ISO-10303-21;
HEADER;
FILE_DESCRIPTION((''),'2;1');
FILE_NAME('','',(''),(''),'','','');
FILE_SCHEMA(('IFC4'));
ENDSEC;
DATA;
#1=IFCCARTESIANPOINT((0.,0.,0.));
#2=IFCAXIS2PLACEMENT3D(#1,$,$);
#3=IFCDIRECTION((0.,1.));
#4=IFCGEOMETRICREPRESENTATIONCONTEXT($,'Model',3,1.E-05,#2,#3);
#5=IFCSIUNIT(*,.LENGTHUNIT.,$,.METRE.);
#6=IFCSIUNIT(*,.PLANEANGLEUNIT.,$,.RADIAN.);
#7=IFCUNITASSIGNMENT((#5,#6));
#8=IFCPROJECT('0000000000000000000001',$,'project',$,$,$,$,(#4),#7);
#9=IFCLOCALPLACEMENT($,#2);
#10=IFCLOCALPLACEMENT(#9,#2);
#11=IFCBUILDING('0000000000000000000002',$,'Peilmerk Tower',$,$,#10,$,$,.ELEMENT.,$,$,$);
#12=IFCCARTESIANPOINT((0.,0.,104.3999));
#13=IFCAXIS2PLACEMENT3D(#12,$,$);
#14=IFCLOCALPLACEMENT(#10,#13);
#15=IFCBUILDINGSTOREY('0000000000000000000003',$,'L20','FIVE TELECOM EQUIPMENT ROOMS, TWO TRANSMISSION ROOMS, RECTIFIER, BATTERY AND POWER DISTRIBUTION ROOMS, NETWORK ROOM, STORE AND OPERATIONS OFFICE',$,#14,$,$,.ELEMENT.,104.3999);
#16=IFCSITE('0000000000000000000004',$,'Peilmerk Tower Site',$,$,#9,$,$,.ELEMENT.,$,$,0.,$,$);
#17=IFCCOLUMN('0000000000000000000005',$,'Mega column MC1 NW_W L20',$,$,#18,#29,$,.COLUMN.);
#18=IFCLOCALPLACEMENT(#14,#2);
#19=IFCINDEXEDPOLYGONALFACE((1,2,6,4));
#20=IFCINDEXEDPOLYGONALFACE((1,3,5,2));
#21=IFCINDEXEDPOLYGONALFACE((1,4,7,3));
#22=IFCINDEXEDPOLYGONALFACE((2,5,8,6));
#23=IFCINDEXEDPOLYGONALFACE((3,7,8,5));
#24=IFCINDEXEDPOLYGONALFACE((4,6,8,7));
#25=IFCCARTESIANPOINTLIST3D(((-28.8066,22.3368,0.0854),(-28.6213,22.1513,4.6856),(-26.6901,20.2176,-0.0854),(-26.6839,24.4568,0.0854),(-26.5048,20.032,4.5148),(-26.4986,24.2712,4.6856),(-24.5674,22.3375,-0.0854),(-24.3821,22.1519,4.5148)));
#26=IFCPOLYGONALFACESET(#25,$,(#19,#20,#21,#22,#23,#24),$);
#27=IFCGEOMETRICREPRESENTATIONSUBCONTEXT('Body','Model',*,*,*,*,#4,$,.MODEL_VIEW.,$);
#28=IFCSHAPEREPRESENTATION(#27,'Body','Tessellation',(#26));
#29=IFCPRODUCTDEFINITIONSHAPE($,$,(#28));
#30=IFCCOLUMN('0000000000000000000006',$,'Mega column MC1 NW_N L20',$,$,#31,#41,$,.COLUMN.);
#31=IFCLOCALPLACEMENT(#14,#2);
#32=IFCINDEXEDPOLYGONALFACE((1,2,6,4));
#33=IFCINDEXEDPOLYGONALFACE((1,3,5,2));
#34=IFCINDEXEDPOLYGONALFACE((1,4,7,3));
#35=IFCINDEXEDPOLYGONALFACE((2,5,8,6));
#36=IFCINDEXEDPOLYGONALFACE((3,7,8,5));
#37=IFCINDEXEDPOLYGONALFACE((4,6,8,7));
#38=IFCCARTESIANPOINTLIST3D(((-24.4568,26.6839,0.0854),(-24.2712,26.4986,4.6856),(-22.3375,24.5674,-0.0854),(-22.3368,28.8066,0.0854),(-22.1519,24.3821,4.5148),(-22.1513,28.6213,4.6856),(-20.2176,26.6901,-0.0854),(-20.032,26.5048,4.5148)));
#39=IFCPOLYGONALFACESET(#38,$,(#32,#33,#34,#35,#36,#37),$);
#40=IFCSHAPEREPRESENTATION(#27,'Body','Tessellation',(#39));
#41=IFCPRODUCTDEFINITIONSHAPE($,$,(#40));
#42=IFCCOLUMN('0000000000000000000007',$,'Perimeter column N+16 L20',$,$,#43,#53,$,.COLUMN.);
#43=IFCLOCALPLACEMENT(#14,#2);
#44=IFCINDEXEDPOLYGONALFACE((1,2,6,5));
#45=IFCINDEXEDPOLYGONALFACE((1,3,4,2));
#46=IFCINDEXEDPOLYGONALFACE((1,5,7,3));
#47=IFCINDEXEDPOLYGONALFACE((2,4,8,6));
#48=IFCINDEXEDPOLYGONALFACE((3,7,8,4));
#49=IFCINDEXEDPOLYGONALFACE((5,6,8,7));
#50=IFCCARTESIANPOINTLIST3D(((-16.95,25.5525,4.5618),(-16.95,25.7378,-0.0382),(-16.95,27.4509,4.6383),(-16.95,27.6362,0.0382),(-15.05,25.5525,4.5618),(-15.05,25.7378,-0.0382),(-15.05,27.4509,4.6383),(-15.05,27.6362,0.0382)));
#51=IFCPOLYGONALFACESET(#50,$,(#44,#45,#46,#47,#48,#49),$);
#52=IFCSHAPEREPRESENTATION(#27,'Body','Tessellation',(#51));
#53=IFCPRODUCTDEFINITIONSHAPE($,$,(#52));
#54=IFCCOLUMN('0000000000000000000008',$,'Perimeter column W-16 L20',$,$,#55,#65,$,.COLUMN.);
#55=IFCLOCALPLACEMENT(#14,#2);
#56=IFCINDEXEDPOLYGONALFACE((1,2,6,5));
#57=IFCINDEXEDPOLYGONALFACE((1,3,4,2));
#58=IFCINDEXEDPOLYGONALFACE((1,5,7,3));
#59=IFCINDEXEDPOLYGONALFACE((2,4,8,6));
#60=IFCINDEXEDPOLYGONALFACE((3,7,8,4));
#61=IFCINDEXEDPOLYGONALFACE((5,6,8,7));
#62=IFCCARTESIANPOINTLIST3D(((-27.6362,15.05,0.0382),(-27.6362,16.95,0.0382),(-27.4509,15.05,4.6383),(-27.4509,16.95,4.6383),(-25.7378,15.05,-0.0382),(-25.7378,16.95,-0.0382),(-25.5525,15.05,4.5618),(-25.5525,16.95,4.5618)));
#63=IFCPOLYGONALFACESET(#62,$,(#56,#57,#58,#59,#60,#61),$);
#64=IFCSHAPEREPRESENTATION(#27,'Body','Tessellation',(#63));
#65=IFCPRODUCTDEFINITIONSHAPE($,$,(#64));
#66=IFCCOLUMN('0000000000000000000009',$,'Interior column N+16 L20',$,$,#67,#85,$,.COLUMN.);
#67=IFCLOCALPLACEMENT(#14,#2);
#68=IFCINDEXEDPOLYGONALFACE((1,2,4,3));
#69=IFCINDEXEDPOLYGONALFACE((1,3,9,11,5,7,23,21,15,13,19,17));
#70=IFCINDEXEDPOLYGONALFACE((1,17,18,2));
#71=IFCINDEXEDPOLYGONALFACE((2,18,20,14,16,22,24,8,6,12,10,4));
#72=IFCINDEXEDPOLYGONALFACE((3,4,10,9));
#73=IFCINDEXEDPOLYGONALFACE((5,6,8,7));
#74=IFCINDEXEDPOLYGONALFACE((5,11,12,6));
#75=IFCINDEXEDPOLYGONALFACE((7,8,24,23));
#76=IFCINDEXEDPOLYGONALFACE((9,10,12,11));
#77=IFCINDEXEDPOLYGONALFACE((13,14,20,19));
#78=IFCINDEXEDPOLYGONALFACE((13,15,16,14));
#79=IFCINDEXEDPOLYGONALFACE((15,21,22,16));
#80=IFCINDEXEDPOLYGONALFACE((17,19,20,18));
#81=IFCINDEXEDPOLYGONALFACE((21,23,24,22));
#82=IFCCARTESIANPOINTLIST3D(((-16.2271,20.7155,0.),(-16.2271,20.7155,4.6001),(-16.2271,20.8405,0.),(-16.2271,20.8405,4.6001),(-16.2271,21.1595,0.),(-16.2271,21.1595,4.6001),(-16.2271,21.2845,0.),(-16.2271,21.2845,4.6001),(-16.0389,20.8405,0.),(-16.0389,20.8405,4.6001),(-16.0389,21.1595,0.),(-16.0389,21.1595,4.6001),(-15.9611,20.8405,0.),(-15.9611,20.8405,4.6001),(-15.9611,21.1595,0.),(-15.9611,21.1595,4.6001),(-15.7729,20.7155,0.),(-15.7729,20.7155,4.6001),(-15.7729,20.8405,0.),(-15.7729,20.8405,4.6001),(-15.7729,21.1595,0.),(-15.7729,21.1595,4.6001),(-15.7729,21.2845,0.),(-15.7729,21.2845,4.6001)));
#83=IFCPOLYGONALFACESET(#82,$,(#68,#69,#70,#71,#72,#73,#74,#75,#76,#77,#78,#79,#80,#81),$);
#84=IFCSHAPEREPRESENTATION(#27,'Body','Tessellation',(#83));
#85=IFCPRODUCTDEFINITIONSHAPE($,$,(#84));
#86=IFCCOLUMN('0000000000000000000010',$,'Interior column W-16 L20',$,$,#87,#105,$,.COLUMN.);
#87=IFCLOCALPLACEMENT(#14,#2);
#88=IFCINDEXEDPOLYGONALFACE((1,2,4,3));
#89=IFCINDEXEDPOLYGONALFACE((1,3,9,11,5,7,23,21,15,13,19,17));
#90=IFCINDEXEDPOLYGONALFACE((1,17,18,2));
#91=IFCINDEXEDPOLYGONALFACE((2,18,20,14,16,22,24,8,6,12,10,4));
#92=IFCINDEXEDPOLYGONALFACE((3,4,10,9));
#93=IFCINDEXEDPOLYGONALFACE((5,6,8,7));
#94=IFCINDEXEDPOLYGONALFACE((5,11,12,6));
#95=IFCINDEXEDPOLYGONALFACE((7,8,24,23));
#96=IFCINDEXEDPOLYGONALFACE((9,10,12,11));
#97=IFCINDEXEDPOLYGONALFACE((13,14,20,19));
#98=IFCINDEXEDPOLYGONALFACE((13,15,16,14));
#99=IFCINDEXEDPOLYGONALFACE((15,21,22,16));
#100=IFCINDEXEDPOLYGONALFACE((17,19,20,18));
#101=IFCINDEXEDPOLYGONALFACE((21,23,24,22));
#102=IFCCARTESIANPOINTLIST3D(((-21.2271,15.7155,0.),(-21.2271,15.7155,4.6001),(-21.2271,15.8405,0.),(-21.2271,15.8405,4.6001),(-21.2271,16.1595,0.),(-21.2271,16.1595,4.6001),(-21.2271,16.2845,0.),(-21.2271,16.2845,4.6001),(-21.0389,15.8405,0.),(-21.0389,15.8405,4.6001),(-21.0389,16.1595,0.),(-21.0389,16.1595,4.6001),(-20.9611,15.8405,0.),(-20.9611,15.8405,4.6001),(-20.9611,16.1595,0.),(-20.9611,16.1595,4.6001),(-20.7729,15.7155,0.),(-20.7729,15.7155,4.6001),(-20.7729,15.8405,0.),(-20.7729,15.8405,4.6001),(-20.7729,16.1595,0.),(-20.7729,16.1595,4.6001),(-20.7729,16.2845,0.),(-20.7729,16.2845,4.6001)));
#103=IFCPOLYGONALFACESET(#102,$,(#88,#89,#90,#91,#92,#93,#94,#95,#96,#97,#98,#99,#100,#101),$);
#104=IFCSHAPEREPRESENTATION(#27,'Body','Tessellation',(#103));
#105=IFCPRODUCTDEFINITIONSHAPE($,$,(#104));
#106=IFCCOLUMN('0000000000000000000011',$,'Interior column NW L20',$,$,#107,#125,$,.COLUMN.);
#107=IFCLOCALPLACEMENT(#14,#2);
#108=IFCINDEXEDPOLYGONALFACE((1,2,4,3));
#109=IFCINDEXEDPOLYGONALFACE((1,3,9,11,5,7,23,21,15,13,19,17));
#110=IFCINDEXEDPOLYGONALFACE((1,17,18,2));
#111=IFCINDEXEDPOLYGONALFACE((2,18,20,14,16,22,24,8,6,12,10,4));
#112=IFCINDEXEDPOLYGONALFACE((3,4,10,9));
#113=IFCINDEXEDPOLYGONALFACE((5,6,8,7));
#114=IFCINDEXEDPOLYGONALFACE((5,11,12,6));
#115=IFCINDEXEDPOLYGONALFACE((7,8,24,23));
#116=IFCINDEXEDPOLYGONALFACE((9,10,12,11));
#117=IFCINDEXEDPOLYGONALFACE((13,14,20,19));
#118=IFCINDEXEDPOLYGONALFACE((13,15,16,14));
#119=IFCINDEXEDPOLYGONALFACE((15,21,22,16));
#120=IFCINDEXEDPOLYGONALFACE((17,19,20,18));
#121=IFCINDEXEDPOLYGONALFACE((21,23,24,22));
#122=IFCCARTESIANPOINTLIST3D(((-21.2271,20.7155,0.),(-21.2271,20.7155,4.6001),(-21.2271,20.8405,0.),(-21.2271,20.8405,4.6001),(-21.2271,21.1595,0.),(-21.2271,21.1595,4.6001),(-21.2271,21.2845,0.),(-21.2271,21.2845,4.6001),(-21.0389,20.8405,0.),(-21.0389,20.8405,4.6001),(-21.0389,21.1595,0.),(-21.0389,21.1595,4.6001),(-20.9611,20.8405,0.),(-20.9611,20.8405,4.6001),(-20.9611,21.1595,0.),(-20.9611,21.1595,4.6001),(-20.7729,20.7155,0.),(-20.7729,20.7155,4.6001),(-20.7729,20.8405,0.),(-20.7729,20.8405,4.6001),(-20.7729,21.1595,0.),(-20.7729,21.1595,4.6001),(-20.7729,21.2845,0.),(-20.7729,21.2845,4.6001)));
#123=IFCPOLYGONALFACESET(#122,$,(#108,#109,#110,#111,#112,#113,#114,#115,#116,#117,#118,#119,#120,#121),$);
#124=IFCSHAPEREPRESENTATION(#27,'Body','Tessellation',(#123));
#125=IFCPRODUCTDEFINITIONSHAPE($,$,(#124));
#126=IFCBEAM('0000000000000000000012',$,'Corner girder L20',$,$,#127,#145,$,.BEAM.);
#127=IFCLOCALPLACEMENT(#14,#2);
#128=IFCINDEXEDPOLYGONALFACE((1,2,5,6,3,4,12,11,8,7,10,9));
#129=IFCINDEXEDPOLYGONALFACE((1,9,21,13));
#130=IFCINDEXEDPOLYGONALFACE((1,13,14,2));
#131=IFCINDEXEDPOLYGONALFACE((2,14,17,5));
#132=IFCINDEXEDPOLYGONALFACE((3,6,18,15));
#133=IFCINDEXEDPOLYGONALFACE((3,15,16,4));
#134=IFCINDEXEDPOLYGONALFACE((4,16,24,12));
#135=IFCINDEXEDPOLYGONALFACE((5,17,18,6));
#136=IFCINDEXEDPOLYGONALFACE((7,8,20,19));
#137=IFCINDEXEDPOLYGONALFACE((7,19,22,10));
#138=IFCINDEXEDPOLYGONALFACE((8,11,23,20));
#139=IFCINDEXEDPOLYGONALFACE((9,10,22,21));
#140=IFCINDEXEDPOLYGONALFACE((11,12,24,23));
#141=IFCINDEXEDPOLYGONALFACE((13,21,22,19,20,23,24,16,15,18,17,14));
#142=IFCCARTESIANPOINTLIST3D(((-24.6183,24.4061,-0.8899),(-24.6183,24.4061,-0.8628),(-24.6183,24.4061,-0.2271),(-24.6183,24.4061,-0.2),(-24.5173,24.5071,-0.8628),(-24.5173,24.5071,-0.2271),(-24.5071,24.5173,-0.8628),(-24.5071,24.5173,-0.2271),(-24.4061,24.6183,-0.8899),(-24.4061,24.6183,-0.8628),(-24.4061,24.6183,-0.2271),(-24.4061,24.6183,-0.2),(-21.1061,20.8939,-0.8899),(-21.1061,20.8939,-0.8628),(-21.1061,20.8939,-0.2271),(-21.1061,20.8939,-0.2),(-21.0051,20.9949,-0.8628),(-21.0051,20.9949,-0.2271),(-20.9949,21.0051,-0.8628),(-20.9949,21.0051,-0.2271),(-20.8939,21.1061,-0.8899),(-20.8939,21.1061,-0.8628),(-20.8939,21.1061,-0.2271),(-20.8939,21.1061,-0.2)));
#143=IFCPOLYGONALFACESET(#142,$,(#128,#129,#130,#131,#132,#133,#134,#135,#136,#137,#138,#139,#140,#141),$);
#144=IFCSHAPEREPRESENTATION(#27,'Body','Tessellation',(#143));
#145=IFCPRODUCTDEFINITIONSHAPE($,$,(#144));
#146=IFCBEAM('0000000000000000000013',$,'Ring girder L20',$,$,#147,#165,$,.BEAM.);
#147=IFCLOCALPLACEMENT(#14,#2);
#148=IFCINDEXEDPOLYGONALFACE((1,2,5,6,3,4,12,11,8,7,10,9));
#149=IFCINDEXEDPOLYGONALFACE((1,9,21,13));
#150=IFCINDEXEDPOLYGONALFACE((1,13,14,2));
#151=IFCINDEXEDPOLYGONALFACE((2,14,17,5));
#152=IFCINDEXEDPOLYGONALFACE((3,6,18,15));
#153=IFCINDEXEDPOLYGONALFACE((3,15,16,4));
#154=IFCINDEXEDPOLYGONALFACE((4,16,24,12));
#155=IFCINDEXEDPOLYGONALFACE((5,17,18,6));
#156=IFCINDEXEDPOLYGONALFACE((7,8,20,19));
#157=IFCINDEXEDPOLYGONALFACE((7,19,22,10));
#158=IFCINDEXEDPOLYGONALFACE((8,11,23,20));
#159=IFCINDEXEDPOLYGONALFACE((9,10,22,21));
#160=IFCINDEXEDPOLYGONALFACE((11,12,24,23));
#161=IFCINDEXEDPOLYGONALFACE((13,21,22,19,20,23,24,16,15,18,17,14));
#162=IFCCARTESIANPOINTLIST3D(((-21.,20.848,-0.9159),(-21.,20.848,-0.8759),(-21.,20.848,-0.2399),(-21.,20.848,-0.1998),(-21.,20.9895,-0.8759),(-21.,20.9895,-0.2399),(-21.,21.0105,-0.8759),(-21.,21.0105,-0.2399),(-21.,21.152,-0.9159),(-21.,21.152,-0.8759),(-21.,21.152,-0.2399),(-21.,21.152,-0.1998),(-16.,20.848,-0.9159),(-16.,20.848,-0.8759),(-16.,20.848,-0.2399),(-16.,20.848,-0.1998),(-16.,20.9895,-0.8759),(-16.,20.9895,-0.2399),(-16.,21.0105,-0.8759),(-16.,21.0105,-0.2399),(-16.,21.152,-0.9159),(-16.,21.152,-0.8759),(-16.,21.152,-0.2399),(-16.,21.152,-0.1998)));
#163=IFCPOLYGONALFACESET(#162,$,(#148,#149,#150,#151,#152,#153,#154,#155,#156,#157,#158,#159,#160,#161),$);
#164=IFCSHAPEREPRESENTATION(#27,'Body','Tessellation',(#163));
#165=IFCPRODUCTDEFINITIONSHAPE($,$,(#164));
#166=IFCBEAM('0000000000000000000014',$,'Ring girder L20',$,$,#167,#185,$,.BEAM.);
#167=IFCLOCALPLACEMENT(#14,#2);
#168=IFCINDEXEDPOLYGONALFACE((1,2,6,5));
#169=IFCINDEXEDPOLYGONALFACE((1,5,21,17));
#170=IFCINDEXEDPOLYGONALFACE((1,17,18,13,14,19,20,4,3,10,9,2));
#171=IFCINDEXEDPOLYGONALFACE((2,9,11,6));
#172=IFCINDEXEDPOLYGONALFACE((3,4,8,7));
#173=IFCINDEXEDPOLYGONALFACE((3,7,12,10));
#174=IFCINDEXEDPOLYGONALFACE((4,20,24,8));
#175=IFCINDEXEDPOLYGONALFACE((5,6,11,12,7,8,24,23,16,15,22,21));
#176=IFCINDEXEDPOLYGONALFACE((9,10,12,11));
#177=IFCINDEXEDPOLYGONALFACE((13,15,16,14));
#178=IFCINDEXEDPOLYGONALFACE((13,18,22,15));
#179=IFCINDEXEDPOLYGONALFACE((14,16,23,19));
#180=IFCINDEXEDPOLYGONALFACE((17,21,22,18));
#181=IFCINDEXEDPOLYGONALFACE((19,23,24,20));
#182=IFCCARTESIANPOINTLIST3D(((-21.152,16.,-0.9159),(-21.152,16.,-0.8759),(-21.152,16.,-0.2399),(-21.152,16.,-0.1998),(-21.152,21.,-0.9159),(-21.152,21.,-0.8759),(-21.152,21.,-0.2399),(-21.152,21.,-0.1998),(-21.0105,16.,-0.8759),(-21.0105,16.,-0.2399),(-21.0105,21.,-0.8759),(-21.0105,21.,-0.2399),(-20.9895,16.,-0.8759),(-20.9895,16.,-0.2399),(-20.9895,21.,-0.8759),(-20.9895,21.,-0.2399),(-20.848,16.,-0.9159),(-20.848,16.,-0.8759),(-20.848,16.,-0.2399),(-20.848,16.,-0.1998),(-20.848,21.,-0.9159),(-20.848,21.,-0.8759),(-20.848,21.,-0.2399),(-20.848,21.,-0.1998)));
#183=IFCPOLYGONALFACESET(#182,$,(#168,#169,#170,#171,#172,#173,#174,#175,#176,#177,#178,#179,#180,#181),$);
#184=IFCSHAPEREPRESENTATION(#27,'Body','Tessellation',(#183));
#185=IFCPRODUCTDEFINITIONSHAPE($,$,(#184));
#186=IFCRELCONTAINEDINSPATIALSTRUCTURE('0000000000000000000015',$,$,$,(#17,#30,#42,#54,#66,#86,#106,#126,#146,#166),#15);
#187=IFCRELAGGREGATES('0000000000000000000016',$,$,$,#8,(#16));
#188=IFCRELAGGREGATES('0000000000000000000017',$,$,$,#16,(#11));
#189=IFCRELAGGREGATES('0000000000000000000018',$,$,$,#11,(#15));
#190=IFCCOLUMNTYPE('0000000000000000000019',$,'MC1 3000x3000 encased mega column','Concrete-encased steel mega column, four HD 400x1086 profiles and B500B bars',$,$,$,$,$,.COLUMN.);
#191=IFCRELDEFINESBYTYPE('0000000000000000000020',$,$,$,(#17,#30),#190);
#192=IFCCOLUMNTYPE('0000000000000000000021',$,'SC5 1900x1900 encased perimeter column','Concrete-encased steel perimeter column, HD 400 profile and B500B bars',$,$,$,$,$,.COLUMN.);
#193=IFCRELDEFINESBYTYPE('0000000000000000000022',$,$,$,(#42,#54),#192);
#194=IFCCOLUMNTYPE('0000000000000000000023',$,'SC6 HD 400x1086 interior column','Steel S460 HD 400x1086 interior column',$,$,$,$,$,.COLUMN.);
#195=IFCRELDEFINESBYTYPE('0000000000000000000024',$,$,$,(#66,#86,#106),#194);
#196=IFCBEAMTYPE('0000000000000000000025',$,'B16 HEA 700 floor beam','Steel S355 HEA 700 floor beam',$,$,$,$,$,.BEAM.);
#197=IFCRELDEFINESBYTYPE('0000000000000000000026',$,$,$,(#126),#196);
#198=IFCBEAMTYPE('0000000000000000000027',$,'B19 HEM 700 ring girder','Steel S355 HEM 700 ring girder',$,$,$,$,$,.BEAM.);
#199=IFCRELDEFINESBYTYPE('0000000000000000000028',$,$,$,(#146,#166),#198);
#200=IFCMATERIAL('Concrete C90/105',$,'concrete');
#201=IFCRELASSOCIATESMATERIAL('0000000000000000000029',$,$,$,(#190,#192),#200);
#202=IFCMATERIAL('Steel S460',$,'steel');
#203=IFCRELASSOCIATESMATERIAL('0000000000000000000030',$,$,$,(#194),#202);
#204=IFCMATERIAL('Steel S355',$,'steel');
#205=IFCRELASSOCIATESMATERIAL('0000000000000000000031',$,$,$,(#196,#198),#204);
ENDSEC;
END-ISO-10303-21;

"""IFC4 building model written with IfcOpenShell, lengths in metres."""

from ifc_helpers import new_model, si_unit, direction, frame, origin, origin_2d, place, context, subcontext, project, spatial, rectangle, i_section, extrude, material, material_profile, profile_set, type_object, element, save


model = new_model("IFC4")

# Units and contexts
model_context = context("Model", 3, precision=1e-05, world=origin(), true_north=direction((0.0, 1.0)))
body_context = subcontext(model_context, "Body", "Model", "MODEL_VIEW")
ifc_project = project(units=[si_unit("LENGTHUNIT", "METRE"), si_unit("PLANEANGLEUNIT", "RADIAN")], contexts=[model_context])

# Site, building, storey
site_placement = place(None, origin())
site = spatial("IfcSite", under=ifc_project, at=site_placement, Name="Peilmerk Tower Site", CompositionType="ELEMENT", RefElevation=0.0)
building_placement = place(site_placement, origin())
building = spatial("IfcBuilding", under=site, at=building_placement, Name="Peilmerk Tower", CompositionType="ELEMENT")
storey_placement = place(building_placement, frame((0.0, 0.0, 104.3999)))
storey = spatial("IfcBuildingStorey", under=building, at=storey_placement, Name="L20", Description="FIVE TELECOM EQUIPMENT ROOMS, TWO TRANSMISSION ROOMS, RECTIFIER, BATTERY AND POWER DISTRIBUTION ROOMS, NETWORK ROOM, STORE AND OPERATIONS OFFICE", CompositionType="ELEMENT", Elevation=104.3999)

# Columns
ifc_material_1 = material(Name="Concrete C90/105", Category="concrete")
ifc_material_profile_1 = material_profile(ifc_material_1, rectangle(XDim=3.0, YDim=3.0, at=origin_2d()), Name="RC 3000x3000")
ifc_profile_set_1 = profile_set([ifc_material_profile_1], Name="Concrete C90/105")
column_type_1 = type_object("IfcColumnType", Name="MC1 3000x3000 encased mega column", Description="Concrete-encased steel mega column, four HD 400x1086 profiles and B500B bars", PredefinedType="COLUMN", material=ifc_profile_set_1)
for number, where, z_axis, x_axis, name in (
    (1, (-26.687, 22.3372, 0.0), (0.040217, -0.04027, 0.998379), (0.707572, 0.706641, 0.0), "Mega column MC1 NW_W L20"),
    (2, (-22.3372, 26.687, 0.0), (0.04027, -0.040217, 0.998379), (0.706641, 0.707572, 0.0), "Mega column MC1 NW_N L20"),
):
    element("IfcColumn", number, at=place(storey_placement, frame(where, z_axis=z_axis, x_axis=x_axis)), inside=storey, type_object=column_type_1, Name=name, PredefinedType="COLUMN", context=body_context, shape_type="SweptSolid", body=[
        extrude(rectangle(XDim=3.0, YDim=3.0, at=origin_2d()), origin(), (0.0, 0.0, 1.0), 4.6077),
    ])
ifc_material_profile_2 = material_profile(ifc_material_1, rectangle(XDim=1.8999, YDim=1.8999, at=origin_2d()), Name="RC 1900x1900")
ifc_profile_set_2 = profile_set([ifc_material_profile_2], Name="Concrete C90/105")
column_type_2 = type_object("IfcColumnType", Name="SC5 1900x1900 encased perimeter column", Description="Concrete-encased steel perimeter column, HD 400 profile and B500B bars", PredefinedType="COLUMN", material=ifc_profile_set_2)
for number, where, z_axis, x_axis, name in (
    (3, (-16.0, 26.687, 0.0), (0.0, -0.04025, 0.99919), (1.0, 0.0, 0.0), "Perimeter column N+16 L20"),
    (4, (-26.687, 16.0, 0.0), (0.04025, 0.0, 0.99919), (0.0, 1.0, 0.0), "Perimeter column W-16 L20"),
):
    element("IfcColumn", number, at=place(storey_placement, frame(where, z_axis=z_axis, x_axis=x_axis)), inside=storey, type_object=column_type_2, Name=name, PredefinedType="COLUMN", context=body_context, shape_type="SweptSolid", body=[
        extrude(rectangle(XDim=1.8999, YDim=1.8999, at=origin_2d()), origin(), (0.0, 0.0, 1.0), 4.6038),
    ])
ifc_material_2 = material(Name="Steel S460", Category="steel")
ifc_material_profile_3 = material_profile(ifc_material_2, i_section(OverallWidth=0.4541, OverallDepth=0.5691, WebThickness=0.0779, FlangeThickness=0.125, at=origin_2d()), Name="HD 400x1086")
ifc_profile_set_3 = profile_set([ifc_material_profile_3], Name="Steel S460")
column_type_3 = type_object("IfcColumnType", Name="SC6 HD 400x1086 interior column", Description="Steel S460 HD 400x1086 interior column", PredefinedType="COLUMN", material=ifc_profile_set_3)
for number, where, z_axis, x_axis, name in (
    (5, (-16.0, 21.0, 0.0), (0.0, 0.0, 1.0), (1.0, 0.0, 0.0), "Interior column N+16 L20"),
    (6, (-21.0, 16.0, 0.0), (0.0, 0.0, 1.0), (1.0, 0.0, 0.0), "Interior column W-16 L20"),
    (7, (-21.0, 21.0, 0.0), (0.0, 0.0, 1.0), (1.0, 0.0, 0.0), "Interior column NW L20"),
):
    element("IfcColumn", number, at=place(storey_placement, frame(where, z_axis=z_axis, x_axis=x_axis)), inside=storey, type_object=column_type_3, Name=name, PredefinedType="COLUMN", context=body_context, shape_type="SweptSolid", body=[
        extrude(i_section(OverallWidth=0.4541, OverallDepth=0.5691, WebThickness=0.0779, FlangeThickness=0.125, at=origin_2d()), origin(), (0.0, 0.0, 1.0), 4.6001),
    ])

# Beams
ifc_material_3 = material(Name="Steel S355", Category="steel")
ifc_material_profile_4 = material_profile(ifc_material_3, i_section(OverallWidth=0.3, OverallDepth=0.6899, WebThickness=0.0144, FlangeThickness=0.0271, at=origin_2d()), Name="HEA 700")
ifc_profile_set_4 = profile_set([ifc_material_profile_4], Name="Steel S355")
beam_type_1 = type_object("IfcBeamType", Name="B16 HEA 700 floor beam", Description="Steel S355 HEA 700 floor beam", PredefinedType="BEAM", material=ifc_profile_set_4)
beam_1_placement = place(storey_placement, frame((-21.0, 21.0, -0.5449), z_axis=(-0.707107, 0.707107, 0.0), x_axis=(-0.707107, -0.707107, 0.0)))
element("IfcBeam", 8, at=beam_1_placement, inside=storey, type_object=beam_type_1, Name="Corner girder L20", PredefinedType="BEAM", context=body_context, shape_type="SweptSolid", body=[
    extrude(i_section(OverallWidth=0.3, OverallDepth=0.6899, WebThickness=0.0144, FlangeThickness=0.0271, at=origin_2d()), origin(), (0.0, 0.0, 1.0), 4.967),
])
ifc_material_profile_5 = material_profile(ifc_material_3, i_section(OverallWidth=0.304, OverallDepth=0.7161, WebThickness=0.021, FlangeThickness=0.04, at=origin_2d()), Name="HEM 700")
ifc_profile_set_5 = profile_set([ifc_material_profile_5], Name="Steel S355")
beam_type_2 = type_object("IfcBeamType", Name="B19 HEM 700 ring girder", Description="Steel S355 HEM 700 ring girder", PredefinedType="BEAM", material=ifc_profile_set_5)
for number, where, z_axis, x_axis, name in (
    (9, (-16.0, 21.0, -0.5579), (-1.0, 0.0, 0.0), (0.0, -1.0, 0.0), "Ring girder L20"),
    (10, (-21.0, 21.0, -0.5579), (0.0, -1.0, 0.0), (1.0, 0.0, 0.0), "Ring girder L20"),
):
    element("IfcBeam", number, at=place(storey_placement, frame(where, z_axis=z_axis, x_axis=x_axis)), inside=storey, type_object=beam_type_2, Name=name, PredefinedType="BEAM", context=body_context, shape_type="SweptSolid", body=[
        extrude(i_section(OverallWidth=0.304, OverallDepth=0.7161, WebThickness=0.021, FlangeThickness=0.04, at=origin_2d()), origin(), (0.0, 0.0, 1.0), 5.0),
    ])

save(model, "model.ifc")
